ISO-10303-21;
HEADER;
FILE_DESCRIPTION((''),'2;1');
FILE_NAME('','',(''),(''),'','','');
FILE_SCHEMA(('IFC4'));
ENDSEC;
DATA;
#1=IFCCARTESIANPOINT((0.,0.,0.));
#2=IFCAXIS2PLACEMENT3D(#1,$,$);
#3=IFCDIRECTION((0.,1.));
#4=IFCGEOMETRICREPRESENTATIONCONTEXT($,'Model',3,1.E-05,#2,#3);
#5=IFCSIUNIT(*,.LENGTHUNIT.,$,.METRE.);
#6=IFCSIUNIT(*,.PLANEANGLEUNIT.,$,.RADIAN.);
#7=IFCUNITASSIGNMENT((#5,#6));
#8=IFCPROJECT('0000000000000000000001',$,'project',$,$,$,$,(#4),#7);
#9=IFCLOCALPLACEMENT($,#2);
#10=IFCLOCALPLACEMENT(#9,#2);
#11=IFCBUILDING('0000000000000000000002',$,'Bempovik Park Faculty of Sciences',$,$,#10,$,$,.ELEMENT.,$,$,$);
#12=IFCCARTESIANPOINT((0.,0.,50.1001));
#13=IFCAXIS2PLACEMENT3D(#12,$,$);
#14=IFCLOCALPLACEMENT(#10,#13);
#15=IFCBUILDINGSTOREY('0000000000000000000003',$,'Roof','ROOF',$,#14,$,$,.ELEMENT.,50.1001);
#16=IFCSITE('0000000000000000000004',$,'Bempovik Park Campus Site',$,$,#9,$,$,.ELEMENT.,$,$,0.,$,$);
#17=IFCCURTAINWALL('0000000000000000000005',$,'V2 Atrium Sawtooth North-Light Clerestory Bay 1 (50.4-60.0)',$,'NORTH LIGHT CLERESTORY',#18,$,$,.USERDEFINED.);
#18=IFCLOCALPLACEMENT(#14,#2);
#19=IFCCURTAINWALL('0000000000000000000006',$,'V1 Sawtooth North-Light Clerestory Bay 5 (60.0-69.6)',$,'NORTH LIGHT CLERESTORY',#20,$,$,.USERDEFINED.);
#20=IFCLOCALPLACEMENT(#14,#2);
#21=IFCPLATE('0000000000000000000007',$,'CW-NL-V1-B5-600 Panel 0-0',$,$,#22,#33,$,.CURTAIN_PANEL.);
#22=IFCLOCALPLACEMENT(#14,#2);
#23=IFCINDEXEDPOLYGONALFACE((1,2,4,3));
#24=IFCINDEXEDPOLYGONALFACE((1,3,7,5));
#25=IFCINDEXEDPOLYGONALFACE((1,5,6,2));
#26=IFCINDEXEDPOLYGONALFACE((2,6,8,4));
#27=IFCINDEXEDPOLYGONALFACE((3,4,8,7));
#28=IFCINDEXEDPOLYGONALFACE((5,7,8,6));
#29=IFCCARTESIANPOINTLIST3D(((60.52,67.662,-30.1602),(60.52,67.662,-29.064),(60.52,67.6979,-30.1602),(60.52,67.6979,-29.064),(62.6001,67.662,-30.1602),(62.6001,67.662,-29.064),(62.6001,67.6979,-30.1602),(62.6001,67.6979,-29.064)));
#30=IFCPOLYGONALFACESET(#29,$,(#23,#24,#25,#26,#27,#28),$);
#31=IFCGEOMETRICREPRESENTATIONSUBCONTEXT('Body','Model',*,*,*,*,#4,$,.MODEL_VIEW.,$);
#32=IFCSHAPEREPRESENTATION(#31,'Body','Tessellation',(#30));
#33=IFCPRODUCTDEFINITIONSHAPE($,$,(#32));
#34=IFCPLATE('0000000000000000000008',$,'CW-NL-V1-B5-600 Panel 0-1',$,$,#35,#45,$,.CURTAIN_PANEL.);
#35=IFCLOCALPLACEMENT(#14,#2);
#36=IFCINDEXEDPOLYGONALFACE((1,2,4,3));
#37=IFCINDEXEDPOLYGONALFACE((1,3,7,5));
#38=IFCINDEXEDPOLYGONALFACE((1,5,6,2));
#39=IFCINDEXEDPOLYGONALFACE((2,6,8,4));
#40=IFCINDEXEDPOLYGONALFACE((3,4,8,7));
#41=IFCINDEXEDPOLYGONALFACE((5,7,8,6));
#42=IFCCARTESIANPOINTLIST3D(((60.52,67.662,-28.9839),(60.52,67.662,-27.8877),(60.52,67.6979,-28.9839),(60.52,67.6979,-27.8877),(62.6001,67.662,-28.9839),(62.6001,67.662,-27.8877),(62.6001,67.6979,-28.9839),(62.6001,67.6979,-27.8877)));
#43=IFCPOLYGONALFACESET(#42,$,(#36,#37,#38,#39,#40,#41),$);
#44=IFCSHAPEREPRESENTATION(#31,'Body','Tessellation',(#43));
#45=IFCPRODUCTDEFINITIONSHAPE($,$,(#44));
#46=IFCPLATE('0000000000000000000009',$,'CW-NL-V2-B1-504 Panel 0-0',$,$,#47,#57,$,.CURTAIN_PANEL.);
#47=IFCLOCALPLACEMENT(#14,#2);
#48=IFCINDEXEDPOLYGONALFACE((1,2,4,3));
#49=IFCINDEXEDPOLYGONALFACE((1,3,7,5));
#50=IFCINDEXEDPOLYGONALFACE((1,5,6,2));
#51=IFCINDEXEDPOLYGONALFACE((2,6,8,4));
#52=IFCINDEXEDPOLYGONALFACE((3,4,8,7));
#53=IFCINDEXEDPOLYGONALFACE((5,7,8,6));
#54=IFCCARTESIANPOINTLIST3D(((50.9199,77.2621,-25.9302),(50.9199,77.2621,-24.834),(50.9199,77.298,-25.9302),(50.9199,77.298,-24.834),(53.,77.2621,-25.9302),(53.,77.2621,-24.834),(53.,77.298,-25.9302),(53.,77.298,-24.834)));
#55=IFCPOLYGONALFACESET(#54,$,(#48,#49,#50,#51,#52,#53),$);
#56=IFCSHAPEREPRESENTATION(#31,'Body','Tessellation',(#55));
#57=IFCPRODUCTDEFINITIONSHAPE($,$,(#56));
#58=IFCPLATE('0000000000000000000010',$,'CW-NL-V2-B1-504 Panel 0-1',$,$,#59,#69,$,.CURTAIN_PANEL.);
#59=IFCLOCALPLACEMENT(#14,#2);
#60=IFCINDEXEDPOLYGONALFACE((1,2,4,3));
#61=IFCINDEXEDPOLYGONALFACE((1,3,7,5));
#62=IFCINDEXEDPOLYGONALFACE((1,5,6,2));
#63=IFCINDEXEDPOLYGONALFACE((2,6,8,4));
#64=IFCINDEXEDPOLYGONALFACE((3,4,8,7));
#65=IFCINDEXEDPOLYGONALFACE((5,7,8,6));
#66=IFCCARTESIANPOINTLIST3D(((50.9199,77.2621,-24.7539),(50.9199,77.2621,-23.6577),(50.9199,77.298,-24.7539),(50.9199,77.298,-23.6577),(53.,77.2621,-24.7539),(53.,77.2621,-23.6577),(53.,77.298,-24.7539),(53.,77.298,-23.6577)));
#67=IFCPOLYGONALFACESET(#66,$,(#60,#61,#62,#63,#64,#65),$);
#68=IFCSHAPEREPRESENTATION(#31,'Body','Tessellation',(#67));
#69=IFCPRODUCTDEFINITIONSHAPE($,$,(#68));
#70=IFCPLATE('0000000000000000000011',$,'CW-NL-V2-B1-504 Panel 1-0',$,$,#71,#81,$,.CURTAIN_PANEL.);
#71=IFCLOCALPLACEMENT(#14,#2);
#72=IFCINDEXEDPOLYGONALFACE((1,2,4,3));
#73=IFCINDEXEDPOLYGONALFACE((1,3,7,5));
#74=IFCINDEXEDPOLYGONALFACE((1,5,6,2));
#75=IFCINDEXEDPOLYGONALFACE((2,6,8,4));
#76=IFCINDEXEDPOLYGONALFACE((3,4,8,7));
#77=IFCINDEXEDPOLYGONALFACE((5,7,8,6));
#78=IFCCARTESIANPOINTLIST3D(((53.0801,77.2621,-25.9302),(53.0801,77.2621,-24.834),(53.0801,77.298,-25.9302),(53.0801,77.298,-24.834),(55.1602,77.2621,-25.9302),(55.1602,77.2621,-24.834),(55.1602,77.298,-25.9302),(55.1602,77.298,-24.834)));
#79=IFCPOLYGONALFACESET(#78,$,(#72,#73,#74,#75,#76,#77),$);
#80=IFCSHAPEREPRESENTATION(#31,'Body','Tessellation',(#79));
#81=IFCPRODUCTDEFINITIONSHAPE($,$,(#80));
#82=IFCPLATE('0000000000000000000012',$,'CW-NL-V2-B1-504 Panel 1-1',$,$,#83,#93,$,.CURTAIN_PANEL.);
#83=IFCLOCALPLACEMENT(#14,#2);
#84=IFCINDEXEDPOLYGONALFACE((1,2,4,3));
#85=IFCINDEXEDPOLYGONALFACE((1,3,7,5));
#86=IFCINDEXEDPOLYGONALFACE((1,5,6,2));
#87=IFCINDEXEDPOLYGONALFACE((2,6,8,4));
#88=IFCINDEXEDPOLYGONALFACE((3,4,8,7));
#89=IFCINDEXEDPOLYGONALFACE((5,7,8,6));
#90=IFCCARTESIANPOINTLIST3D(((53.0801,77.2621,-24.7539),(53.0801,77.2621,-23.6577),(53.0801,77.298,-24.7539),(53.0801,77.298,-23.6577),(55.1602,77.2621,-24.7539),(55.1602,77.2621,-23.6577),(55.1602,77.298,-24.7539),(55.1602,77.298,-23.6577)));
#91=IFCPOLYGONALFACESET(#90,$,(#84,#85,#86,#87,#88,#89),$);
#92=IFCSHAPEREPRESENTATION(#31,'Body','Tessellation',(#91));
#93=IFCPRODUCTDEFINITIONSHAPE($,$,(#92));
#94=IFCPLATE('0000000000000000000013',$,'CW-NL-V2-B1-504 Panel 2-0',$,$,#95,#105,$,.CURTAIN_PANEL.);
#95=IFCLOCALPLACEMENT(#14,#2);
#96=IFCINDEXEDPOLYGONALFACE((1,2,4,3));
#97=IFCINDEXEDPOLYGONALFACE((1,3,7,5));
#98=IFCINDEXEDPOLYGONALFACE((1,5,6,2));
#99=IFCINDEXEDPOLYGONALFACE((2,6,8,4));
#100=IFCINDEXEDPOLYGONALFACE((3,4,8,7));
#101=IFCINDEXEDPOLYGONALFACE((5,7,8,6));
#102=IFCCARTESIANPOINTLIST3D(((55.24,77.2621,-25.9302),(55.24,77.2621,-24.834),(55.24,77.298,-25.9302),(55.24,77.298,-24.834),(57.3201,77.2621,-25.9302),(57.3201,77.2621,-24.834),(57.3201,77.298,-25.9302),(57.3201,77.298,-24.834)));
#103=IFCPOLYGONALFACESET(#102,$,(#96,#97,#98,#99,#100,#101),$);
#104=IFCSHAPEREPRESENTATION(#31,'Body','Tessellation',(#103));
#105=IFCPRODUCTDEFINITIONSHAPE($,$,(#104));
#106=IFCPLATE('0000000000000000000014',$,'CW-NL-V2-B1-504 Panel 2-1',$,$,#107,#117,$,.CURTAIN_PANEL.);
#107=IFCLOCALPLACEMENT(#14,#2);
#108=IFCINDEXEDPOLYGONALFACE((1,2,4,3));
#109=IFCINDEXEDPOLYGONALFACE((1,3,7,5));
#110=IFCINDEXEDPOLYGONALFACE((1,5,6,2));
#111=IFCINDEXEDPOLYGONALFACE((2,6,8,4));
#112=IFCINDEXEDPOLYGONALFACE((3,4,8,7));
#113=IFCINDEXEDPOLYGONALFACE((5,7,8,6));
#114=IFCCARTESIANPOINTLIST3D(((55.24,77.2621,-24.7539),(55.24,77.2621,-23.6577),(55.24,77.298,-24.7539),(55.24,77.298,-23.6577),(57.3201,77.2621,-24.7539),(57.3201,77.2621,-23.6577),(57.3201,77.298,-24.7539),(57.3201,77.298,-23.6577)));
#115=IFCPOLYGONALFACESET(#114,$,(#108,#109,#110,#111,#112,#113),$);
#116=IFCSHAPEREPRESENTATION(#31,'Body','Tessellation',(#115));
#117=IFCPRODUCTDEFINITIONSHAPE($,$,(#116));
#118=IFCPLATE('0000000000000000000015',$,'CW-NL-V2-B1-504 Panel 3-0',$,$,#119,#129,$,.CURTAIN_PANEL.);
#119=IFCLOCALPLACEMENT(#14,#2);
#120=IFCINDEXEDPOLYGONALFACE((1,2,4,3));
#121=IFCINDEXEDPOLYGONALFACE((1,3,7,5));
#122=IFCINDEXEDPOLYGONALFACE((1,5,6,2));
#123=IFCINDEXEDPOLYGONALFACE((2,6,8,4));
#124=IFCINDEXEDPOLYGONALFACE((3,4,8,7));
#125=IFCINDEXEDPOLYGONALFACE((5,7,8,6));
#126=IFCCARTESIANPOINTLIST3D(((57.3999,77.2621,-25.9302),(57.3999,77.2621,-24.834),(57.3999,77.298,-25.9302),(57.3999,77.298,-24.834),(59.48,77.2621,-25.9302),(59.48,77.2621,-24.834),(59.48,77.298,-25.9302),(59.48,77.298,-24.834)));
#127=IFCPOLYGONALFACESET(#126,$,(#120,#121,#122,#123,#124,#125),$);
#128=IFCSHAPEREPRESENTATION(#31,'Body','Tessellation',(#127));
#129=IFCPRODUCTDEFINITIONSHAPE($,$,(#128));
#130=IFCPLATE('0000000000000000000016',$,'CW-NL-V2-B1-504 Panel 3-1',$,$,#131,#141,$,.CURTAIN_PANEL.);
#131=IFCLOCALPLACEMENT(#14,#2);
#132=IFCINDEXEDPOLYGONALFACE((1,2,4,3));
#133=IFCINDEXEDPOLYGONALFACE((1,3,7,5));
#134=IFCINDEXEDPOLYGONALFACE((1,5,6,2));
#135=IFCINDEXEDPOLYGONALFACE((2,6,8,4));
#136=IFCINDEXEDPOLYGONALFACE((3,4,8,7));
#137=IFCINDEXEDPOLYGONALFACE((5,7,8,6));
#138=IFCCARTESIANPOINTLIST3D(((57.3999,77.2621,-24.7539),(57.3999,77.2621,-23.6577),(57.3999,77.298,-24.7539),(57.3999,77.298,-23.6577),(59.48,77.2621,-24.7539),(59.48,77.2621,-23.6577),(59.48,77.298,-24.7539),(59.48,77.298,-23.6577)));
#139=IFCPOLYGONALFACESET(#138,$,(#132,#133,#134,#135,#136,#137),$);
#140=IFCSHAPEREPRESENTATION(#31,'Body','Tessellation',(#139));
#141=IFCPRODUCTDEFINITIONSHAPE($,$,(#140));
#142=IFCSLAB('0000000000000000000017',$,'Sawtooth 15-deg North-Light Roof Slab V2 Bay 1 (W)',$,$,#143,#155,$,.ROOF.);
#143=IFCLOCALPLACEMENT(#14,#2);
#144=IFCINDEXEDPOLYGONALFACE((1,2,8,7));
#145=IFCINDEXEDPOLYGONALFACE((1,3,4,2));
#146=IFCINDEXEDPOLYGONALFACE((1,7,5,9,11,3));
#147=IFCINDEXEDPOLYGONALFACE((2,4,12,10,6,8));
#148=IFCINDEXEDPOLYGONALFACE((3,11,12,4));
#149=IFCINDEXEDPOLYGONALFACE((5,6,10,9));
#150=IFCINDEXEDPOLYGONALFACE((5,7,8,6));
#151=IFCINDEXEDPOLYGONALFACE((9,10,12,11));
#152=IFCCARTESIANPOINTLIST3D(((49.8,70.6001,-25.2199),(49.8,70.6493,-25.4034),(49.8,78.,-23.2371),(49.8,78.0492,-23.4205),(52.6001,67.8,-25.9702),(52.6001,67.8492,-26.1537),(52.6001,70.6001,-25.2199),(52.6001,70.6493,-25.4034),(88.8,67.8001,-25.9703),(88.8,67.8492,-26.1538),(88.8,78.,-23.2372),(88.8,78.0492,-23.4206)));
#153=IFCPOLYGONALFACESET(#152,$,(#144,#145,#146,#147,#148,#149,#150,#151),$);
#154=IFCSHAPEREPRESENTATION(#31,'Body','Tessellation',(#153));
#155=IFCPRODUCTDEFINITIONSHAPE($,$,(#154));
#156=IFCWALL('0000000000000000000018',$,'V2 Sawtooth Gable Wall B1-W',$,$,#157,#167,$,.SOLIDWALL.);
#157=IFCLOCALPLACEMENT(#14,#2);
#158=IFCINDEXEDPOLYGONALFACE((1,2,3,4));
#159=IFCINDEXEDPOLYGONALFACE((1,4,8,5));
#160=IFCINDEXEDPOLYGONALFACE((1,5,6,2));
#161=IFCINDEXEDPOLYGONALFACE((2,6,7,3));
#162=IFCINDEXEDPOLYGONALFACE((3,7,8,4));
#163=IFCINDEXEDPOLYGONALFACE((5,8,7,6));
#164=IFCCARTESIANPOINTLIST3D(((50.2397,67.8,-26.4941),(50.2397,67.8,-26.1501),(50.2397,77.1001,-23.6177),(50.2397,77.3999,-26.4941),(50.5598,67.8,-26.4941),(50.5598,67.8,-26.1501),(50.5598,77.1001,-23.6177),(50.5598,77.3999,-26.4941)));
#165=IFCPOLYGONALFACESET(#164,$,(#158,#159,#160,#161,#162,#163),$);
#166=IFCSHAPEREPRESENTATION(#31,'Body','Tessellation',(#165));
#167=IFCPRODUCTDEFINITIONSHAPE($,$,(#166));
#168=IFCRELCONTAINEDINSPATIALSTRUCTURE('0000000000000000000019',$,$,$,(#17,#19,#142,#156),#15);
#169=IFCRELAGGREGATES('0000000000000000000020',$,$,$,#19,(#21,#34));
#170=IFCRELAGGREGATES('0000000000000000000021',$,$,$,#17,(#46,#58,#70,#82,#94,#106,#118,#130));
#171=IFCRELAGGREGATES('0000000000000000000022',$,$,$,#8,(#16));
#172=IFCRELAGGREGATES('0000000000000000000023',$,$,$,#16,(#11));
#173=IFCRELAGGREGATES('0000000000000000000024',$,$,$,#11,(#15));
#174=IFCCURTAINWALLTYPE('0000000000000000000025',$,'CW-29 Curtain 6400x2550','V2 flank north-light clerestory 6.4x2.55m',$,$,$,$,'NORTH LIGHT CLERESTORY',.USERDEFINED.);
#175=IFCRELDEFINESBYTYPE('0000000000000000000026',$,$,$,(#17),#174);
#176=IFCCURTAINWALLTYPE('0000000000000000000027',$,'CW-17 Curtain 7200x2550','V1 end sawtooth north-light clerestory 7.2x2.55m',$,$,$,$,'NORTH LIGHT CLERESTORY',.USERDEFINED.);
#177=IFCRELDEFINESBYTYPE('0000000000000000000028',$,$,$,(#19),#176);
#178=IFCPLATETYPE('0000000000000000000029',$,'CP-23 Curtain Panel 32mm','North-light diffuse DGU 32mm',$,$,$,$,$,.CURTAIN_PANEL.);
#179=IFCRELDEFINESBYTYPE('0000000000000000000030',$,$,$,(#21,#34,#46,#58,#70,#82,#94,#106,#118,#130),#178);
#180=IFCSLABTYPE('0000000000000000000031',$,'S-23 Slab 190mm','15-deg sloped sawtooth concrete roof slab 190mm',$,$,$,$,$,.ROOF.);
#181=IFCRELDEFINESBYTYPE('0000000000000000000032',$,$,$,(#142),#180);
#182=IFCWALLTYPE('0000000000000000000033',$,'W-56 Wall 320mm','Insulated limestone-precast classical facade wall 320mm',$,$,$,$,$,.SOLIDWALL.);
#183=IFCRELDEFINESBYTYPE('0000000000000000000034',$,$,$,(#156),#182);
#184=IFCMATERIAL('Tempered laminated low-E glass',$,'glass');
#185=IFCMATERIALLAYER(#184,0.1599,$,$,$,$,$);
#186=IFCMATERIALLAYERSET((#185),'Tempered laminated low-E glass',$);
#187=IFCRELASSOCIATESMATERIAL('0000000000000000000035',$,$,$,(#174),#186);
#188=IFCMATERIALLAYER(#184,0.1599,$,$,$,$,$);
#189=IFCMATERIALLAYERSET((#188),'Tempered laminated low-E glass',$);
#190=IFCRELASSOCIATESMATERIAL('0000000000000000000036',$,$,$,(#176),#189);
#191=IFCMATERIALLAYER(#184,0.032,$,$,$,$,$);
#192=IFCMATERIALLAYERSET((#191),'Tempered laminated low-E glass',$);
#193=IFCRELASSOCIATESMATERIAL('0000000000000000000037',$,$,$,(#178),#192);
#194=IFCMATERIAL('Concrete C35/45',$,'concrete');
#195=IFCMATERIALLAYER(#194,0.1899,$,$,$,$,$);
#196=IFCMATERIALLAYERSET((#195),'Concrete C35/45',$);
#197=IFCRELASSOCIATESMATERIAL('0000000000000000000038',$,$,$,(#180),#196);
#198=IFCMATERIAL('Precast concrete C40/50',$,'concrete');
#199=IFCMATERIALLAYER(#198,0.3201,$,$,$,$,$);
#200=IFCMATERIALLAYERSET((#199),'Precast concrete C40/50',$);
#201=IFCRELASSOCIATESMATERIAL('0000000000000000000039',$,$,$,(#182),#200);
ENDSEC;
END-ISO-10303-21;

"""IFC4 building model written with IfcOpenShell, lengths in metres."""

from ifc_helpers import new_model, si_unit, direction, frame, origin, origin_2d, place, context, subcontext, project, spatial, polyline, rectangle, outline, extrude, material, layer, layer_set, type_object, element, aggregate, save


model = new_model("IFC4")

# Units and contexts
model_context = context("Model", 3, precision=1e-05, world=origin(), true_north=direction((0.0, 1.0)))
body_context = subcontext(model_context, "Body", "Model", "MODEL_VIEW")
ifc_project = project(units=[si_unit("LENGTHUNIT", "METRE"), si_unit("PLANEANGLEUNIT", "RADIAN")], contexts=[model_context])

# Site, building, storey
site_placement = place(None, origin())
site = spatial("IfcSite", under=ifc_project, at=site_placement, Name="Bempovik Park Campus Site", CompositionType="ELEMENT", RefElevation=0.0)
building_placement = place(site_placement, origin())
building = spatial("IfcBuilding", under=site, at=building_placement, Name="Bempovik Park Faculty of Sciences", CompositionType="ELEMENT")
storey_placement = place(building_placement, frame((0.0, 0.0, 50.1001)))
storey = spatial("IfcBuildingStorey", under=building, at=storey_placement, Name="Roof", Description="ROOF", CompositionType="ELEMENT", Elevation=50.1001)

# Curtain wall
ifc_material_1 = material(Name="Tempered laminated low-E glass", Category="glass")
ifc_layer_1 = layer(ifc_material_1, 0.1599)
ifc_layer_set_1 = layer_set([ifc_layer_1], Name="Tempered laminated low-E glass")
curtain_wall_type_1 = type_object("IfcCurtainWallType", Name="CW-29 Curtain 6400x2550", Description="V2 flank north-light clerestory 6.4x2.55m", ElementType="NORTH LIGHT CLERESTORY", PredefinedType="USERDEFINED", material=ifc_layer_set_1)
curtain_wall_1_placement = place(storey_placement, origin())
curtain_wall_1 = element("IfcCurtainWall", 1, at=curtain_wall_1_placement, inside=storey, type_object=curtain_wall_type_1, Name="V2 Atrium Sawtooth North-Light Clerestory Bay 1 (50.4-60.0)", ObjectType="NORTH LIGHT CLERESTORY", PredefinedType="USERDEFINED")

# Curtain wall
ifc_layer_2 = layer(ifc_material_1, 0.1599)
ifc_layer_set_2 = layer_set([ifc_layer_2], Name="Tempered laminated low-E glass")
curtain_wall_type_2 = type_object("IfcCurtainWallType", Name="CW-17 Curtain 7200x2550", Description="V1 end sawtooth north-light clerestory 7.2x2.55m", ElementType="NORTH LIGHT CLERESTORY", PredefinedType="USERDEFINED", material=ifc_layer_set_2)
curtain_wall_2_placement = place(storey_placement, origin())
curtain_wall_2 = element("IfcCurtainWall", 2, at=curtain_wall_2_placement, inside=storey, type_object=curtain_wall_type_2, Name="V1 Sawtooth North-Light Clerestory Bay 5 (60.0-69.6)", ObjectType="NORTH LIGHT CLERESTORY", PredefinedType="USERDEFINED")

# Plates
ifc_layer_3 = layer(ifc_material_1, 0.032)
ifc_layer_set_3 = layer_set([ifc_layer_3], Name="Tempered laminated low-E glass")
plate_type = type_object("IfcPlateType", Name="CP-23 Curtain Panel 32mm", Description="North-light diffuse DGU 32mm", PredefinedType="CURTAIN_PANEL", material=ifc_layer_set_3)
plate_1_placement = place(storey_placement, frame((61.5601, 67.6799, -30.1602), z_axis=(0.0, 0.0, 1.0), x_axis=(1.0, 0.0, 0.0)))
plate_1 = element("IfcPlate", 3, at=plate_1_placement, type_object=plate_type, Name="CW-NL-V1-B5-600 Panel 0-0", PredefinedType="CURTAIN_PANEL", context=body_context, shape_type="SweptSolid", body=[
    extrude(rectangle(XDim=2.0801, YDim=0.0359, at=origin_2d()), origin(), (0.0, 0.0, 1.0), 1.0962),
])
plate_2_placement = place(storey_placement, frame((61.5601, 67.6799, -28.9839), z_axis=(0.0, 0.0, 1.0), x_axis=(1.0, 0.0, 0.0)))
plate_2 = element("IfcPlate", 4, at=plate_2_placement, type_object=plate_type, Name="CW-NL-V1-B5-600 Panel 0-1", PredefinedType="CURTAIN_PANEL", context=body_context, shape_type="SweptSolid", body=[
    extrude(rectangle(XDim=2.0801, YDim=0.0359, at=origin_2d()), origin(), (0.0, 0.0, 1.0), 1.0962),
])
aggregate(curtain_wall_2, [plate_1, plate_2])
plate_3_placement = place(storey_placement, frame((51.96, 77.28, -25.9302), z_axis=(0.0, 0.0, 1.0), x_axis=(1.0, 0.0, 0.0)))
plate_3 = element("IfcPlate", 5, at=plate_3_placement, type_object=plate_type, Name="CW-NL-V2-B1-504 Panel 0-0", PredefinedType="CURTAIN_PANEL", context=body_context, shape_type="SweptSolid", body=[
    extrude(rectangle(XDim=2.0801, YDim=0.0359, at=origin_2d()), origin(), (0.0, 0.0, 1.0), 1.0962),
])
plate_4_placement = place(storey_placement, frame((51.96, 77.28, -24.7539), z_axis=(0.0, 0.0, 1.0), x_axis=(1.0, 0.0, 0.0)))
plate_4 = element("IfcPlate", 6, at=plate_4_placement, type_object=plate_type, Name="CW-NL-V2-B1-504 Panel 0-1", PredefinedType="CURTAIN_PANEL", context=body_context, shape_type="SweptSolid", body=[
    extrude(rectangle(XDim=2.0801, YDim=0.0359, at=origin_2d()), origin(), (0.0, 0.0, 1.0), 1.0962),
])
plate_5_placement = place(storey_placement, frame((54.1201, 77.28, -25.9302), z_axis=(0.0, 0.0, 1.0), x_axis=(1.0, 0.0, 0.0)))
plate_5 = element("IfcPlate", 7, at=plate_5_placement, type_object=plate_type, Name="CW-NL-V2-B1-504 Panel 1-0", PredefinedType="CURTAIN_PANEL", context=body_context, shape_type="SweptSolid", body=[
    extrude(rectangle(XDim=2.0801, YDim=0.0359, at=origin_2d()), origin(), (0.0, 0.0, 1.0), 1.0962),
])
plate_6_placement = place(storey_placement, frame((54.1201, 77.28, -24.7539), z_axis=(0.0, 0.0, 1.0), x_axis=(1.0, 0.0, 0.0)))
plate_6 = element("IfcPlate", 8, at=plate_6_placement, type_object=plate_type, Name="CW-NL-V2-B1-504 Panel 1-1", PredefinedType="CURTAIN_PANEL", context=body_context, shape_type="SweptSolid", body=[
    extrude(rectangle(XDim=2.0801, YDim=0.0359, at=origin_2d()), origin(), (0.0, 0.0, 1.0), 1.0962),
])
plate_7_placement = place(storey_placement, frame((56.28, 77.28, -25.9302), z_axis=(0.0, 0.0, 1.0), x_axis=(1.0, 0.0, 0.0)))
plate_7 = element("IfcPlate", 9, at=plate_7_placement, type_object=plate_type, Name="CW-NL-V2-B1-504 Panel 2-0", PredefinedType="CURTAIN_PANEL", context=body_context, shape_type="SweptSolid", body=[
    extrude(rectangle(XDim=2.0801, YDim=0.0359, at=origin_2d()), origin(), (0.0, 0.0, 1.0), 1.0962),
])
plate_8_placement = place(storey_placement, frame((56.28, 77.28, -24.7539), z_axis=(0.0, 0.0, 1.0), x_axis=(1.0, 0.0, 0.0)))
plate_8 = element("IfcPlate", 10, at=plate_8_placement, type_object=plate_type, Name="CW-NL-V2-B1-504 Panel 2-1", PredefinedType="CURTAIN_PANEL", context=body_context, shape_type="SweptSolid", body=[
    extrude(rectangle(XDim=2.0801, YDim=0.0359, at=origin_2d()), origin(), (0.0, 0.0, 1.0), 1.0962),
])
plate_9_placement = place(storey_placement, frame((58.4399, 77.28, -25.9302), z_axis=(0.0, 0.0, 1.0), x_axis=(1.0, 0.0, 0.0)))
plate_9 = element("IfcPlate", 11, at=plate_9_placement, type_object=plate_type, Name="CW-NL-V2-B1-504 Panel 3-0", PredefinedType="CURTAIN_PANEL", context=body_context, shape_type="SweptSolid", body=[
    extrude(rectangle(XDim=2.0801, YDim=0.0359, at=origin_2d()), origin(), (0.0, 0.0, 1.0), 1.0962),
])
plate_10_placement = place(storey_placement, frame((58.4399, 77.28, -24.7539), z_axis=(0.0, 0.0, 1.0), x_axis=(1.0, 0.0, 0.0)))
plate_10 = element("IfcPlate", 12, at=plate_10_placement, type_object=plate_type, Name="CW-NL-V2-B1-504 Panel 3-1", PredefinedType="CURTAIN_PANEL", context=body_context, shape_type="SweptSolid", body=[
    extrude(rectangle(XDim=2.0801, YDim=0.0359, at=origin_2d()), origin(), (0.0, 0.0, 1.0), 1.0962),
])
aggregate(curtain_wall_1, [plate_3, plate_4, plate_5, plate_6, plate_7, plate_8, plate_9, plate_10])

# Slab
ifc_material_2 = material(Name="Concrete C35/45", Category="concrete")
ifc_layer_4 = layer(ifc_material_2, 0.1899)
ifc_layer_set_4 = layer_set([ifc_layer_4], Name="Concrete C35/45")
slab_type = type_object("IfcSlabType", Name="S-23 Slab 190mm", Description="15-deg sloped sawtooth concrete roof slab 190mm", PredefinedType="ROOF", material=ifc_layer_set_4)
slab_placement = place(storey_placement, frame((52.6001, 67.8, -25.9702), z_axis=(0.000002, -0.258825, 0.965924), x_axis=(1.0, 0.000001, -0.000002)))
element("IfcSlab", 13, at=slab_placement, inside=storey, type_object=slab_type, Name="Sawtooth 15-deg North-Light Roof Slab V2 Bay 1 (W)", PredefinedType="ROOF", context=body_context, shape_type="SweptSolid", body=[
    extrude(outline(polyline([(0.0, 0.0), (36.2, 0.0), (36.2, 10.5598), (-2.8, 10.5598), (-2.8, 2.8989), (0.0, 2.8989), (0.0, 0.0)])), origin(), (0.0, 0.0, -1.0), 0.1899),
])

# Wall
ifc_material_3 = material(Name="Precast concrete C40/50", Category="concrete")
ifc_layer_5 = layer(ifc_material_3, 0.3201)
ifc_layer_set_5 = layer_set([ifc_layer_5], Name="Precast concrete C40/50")
wall_type = type_object("IfcWallType", Name="W-56 Wall 320mm", Description="Insulated limestone-precast classical facade wall 320mm", PredefinedType="SOLIDWALL", material=ifc_layer_set_5)
wall_placement = place(storey_placement, frame((50.3999, 67.8, -26.4941), z_axis=(0.0, 0.0, 1.0), x_axis=(0.0, 1.0, 0.0)))
element("IfcWall", 14, at=wall_placement, inside=storey, type_object=wall_type, Name="V2 Sawtooth Gable Wall B1-W", PredefinedType="SOLIDWALL", context=body_context, shape_type="SweptSolid", body=[
    extrude(outline(polyline([(0.0, 0.0), (9.5999, 0.0), (9.3, 2.8765), (0.0, 0.344), (0.0, 0.0)])), frame((0.0, 0.1602, 0.0), z_axis=(0.0, -1.0, 0.0), x_axis=(1.0, 0.0, 0.0)), (0.0, 0.0, 1.0), 0.3201),
])

save(model, "model.ifc")
